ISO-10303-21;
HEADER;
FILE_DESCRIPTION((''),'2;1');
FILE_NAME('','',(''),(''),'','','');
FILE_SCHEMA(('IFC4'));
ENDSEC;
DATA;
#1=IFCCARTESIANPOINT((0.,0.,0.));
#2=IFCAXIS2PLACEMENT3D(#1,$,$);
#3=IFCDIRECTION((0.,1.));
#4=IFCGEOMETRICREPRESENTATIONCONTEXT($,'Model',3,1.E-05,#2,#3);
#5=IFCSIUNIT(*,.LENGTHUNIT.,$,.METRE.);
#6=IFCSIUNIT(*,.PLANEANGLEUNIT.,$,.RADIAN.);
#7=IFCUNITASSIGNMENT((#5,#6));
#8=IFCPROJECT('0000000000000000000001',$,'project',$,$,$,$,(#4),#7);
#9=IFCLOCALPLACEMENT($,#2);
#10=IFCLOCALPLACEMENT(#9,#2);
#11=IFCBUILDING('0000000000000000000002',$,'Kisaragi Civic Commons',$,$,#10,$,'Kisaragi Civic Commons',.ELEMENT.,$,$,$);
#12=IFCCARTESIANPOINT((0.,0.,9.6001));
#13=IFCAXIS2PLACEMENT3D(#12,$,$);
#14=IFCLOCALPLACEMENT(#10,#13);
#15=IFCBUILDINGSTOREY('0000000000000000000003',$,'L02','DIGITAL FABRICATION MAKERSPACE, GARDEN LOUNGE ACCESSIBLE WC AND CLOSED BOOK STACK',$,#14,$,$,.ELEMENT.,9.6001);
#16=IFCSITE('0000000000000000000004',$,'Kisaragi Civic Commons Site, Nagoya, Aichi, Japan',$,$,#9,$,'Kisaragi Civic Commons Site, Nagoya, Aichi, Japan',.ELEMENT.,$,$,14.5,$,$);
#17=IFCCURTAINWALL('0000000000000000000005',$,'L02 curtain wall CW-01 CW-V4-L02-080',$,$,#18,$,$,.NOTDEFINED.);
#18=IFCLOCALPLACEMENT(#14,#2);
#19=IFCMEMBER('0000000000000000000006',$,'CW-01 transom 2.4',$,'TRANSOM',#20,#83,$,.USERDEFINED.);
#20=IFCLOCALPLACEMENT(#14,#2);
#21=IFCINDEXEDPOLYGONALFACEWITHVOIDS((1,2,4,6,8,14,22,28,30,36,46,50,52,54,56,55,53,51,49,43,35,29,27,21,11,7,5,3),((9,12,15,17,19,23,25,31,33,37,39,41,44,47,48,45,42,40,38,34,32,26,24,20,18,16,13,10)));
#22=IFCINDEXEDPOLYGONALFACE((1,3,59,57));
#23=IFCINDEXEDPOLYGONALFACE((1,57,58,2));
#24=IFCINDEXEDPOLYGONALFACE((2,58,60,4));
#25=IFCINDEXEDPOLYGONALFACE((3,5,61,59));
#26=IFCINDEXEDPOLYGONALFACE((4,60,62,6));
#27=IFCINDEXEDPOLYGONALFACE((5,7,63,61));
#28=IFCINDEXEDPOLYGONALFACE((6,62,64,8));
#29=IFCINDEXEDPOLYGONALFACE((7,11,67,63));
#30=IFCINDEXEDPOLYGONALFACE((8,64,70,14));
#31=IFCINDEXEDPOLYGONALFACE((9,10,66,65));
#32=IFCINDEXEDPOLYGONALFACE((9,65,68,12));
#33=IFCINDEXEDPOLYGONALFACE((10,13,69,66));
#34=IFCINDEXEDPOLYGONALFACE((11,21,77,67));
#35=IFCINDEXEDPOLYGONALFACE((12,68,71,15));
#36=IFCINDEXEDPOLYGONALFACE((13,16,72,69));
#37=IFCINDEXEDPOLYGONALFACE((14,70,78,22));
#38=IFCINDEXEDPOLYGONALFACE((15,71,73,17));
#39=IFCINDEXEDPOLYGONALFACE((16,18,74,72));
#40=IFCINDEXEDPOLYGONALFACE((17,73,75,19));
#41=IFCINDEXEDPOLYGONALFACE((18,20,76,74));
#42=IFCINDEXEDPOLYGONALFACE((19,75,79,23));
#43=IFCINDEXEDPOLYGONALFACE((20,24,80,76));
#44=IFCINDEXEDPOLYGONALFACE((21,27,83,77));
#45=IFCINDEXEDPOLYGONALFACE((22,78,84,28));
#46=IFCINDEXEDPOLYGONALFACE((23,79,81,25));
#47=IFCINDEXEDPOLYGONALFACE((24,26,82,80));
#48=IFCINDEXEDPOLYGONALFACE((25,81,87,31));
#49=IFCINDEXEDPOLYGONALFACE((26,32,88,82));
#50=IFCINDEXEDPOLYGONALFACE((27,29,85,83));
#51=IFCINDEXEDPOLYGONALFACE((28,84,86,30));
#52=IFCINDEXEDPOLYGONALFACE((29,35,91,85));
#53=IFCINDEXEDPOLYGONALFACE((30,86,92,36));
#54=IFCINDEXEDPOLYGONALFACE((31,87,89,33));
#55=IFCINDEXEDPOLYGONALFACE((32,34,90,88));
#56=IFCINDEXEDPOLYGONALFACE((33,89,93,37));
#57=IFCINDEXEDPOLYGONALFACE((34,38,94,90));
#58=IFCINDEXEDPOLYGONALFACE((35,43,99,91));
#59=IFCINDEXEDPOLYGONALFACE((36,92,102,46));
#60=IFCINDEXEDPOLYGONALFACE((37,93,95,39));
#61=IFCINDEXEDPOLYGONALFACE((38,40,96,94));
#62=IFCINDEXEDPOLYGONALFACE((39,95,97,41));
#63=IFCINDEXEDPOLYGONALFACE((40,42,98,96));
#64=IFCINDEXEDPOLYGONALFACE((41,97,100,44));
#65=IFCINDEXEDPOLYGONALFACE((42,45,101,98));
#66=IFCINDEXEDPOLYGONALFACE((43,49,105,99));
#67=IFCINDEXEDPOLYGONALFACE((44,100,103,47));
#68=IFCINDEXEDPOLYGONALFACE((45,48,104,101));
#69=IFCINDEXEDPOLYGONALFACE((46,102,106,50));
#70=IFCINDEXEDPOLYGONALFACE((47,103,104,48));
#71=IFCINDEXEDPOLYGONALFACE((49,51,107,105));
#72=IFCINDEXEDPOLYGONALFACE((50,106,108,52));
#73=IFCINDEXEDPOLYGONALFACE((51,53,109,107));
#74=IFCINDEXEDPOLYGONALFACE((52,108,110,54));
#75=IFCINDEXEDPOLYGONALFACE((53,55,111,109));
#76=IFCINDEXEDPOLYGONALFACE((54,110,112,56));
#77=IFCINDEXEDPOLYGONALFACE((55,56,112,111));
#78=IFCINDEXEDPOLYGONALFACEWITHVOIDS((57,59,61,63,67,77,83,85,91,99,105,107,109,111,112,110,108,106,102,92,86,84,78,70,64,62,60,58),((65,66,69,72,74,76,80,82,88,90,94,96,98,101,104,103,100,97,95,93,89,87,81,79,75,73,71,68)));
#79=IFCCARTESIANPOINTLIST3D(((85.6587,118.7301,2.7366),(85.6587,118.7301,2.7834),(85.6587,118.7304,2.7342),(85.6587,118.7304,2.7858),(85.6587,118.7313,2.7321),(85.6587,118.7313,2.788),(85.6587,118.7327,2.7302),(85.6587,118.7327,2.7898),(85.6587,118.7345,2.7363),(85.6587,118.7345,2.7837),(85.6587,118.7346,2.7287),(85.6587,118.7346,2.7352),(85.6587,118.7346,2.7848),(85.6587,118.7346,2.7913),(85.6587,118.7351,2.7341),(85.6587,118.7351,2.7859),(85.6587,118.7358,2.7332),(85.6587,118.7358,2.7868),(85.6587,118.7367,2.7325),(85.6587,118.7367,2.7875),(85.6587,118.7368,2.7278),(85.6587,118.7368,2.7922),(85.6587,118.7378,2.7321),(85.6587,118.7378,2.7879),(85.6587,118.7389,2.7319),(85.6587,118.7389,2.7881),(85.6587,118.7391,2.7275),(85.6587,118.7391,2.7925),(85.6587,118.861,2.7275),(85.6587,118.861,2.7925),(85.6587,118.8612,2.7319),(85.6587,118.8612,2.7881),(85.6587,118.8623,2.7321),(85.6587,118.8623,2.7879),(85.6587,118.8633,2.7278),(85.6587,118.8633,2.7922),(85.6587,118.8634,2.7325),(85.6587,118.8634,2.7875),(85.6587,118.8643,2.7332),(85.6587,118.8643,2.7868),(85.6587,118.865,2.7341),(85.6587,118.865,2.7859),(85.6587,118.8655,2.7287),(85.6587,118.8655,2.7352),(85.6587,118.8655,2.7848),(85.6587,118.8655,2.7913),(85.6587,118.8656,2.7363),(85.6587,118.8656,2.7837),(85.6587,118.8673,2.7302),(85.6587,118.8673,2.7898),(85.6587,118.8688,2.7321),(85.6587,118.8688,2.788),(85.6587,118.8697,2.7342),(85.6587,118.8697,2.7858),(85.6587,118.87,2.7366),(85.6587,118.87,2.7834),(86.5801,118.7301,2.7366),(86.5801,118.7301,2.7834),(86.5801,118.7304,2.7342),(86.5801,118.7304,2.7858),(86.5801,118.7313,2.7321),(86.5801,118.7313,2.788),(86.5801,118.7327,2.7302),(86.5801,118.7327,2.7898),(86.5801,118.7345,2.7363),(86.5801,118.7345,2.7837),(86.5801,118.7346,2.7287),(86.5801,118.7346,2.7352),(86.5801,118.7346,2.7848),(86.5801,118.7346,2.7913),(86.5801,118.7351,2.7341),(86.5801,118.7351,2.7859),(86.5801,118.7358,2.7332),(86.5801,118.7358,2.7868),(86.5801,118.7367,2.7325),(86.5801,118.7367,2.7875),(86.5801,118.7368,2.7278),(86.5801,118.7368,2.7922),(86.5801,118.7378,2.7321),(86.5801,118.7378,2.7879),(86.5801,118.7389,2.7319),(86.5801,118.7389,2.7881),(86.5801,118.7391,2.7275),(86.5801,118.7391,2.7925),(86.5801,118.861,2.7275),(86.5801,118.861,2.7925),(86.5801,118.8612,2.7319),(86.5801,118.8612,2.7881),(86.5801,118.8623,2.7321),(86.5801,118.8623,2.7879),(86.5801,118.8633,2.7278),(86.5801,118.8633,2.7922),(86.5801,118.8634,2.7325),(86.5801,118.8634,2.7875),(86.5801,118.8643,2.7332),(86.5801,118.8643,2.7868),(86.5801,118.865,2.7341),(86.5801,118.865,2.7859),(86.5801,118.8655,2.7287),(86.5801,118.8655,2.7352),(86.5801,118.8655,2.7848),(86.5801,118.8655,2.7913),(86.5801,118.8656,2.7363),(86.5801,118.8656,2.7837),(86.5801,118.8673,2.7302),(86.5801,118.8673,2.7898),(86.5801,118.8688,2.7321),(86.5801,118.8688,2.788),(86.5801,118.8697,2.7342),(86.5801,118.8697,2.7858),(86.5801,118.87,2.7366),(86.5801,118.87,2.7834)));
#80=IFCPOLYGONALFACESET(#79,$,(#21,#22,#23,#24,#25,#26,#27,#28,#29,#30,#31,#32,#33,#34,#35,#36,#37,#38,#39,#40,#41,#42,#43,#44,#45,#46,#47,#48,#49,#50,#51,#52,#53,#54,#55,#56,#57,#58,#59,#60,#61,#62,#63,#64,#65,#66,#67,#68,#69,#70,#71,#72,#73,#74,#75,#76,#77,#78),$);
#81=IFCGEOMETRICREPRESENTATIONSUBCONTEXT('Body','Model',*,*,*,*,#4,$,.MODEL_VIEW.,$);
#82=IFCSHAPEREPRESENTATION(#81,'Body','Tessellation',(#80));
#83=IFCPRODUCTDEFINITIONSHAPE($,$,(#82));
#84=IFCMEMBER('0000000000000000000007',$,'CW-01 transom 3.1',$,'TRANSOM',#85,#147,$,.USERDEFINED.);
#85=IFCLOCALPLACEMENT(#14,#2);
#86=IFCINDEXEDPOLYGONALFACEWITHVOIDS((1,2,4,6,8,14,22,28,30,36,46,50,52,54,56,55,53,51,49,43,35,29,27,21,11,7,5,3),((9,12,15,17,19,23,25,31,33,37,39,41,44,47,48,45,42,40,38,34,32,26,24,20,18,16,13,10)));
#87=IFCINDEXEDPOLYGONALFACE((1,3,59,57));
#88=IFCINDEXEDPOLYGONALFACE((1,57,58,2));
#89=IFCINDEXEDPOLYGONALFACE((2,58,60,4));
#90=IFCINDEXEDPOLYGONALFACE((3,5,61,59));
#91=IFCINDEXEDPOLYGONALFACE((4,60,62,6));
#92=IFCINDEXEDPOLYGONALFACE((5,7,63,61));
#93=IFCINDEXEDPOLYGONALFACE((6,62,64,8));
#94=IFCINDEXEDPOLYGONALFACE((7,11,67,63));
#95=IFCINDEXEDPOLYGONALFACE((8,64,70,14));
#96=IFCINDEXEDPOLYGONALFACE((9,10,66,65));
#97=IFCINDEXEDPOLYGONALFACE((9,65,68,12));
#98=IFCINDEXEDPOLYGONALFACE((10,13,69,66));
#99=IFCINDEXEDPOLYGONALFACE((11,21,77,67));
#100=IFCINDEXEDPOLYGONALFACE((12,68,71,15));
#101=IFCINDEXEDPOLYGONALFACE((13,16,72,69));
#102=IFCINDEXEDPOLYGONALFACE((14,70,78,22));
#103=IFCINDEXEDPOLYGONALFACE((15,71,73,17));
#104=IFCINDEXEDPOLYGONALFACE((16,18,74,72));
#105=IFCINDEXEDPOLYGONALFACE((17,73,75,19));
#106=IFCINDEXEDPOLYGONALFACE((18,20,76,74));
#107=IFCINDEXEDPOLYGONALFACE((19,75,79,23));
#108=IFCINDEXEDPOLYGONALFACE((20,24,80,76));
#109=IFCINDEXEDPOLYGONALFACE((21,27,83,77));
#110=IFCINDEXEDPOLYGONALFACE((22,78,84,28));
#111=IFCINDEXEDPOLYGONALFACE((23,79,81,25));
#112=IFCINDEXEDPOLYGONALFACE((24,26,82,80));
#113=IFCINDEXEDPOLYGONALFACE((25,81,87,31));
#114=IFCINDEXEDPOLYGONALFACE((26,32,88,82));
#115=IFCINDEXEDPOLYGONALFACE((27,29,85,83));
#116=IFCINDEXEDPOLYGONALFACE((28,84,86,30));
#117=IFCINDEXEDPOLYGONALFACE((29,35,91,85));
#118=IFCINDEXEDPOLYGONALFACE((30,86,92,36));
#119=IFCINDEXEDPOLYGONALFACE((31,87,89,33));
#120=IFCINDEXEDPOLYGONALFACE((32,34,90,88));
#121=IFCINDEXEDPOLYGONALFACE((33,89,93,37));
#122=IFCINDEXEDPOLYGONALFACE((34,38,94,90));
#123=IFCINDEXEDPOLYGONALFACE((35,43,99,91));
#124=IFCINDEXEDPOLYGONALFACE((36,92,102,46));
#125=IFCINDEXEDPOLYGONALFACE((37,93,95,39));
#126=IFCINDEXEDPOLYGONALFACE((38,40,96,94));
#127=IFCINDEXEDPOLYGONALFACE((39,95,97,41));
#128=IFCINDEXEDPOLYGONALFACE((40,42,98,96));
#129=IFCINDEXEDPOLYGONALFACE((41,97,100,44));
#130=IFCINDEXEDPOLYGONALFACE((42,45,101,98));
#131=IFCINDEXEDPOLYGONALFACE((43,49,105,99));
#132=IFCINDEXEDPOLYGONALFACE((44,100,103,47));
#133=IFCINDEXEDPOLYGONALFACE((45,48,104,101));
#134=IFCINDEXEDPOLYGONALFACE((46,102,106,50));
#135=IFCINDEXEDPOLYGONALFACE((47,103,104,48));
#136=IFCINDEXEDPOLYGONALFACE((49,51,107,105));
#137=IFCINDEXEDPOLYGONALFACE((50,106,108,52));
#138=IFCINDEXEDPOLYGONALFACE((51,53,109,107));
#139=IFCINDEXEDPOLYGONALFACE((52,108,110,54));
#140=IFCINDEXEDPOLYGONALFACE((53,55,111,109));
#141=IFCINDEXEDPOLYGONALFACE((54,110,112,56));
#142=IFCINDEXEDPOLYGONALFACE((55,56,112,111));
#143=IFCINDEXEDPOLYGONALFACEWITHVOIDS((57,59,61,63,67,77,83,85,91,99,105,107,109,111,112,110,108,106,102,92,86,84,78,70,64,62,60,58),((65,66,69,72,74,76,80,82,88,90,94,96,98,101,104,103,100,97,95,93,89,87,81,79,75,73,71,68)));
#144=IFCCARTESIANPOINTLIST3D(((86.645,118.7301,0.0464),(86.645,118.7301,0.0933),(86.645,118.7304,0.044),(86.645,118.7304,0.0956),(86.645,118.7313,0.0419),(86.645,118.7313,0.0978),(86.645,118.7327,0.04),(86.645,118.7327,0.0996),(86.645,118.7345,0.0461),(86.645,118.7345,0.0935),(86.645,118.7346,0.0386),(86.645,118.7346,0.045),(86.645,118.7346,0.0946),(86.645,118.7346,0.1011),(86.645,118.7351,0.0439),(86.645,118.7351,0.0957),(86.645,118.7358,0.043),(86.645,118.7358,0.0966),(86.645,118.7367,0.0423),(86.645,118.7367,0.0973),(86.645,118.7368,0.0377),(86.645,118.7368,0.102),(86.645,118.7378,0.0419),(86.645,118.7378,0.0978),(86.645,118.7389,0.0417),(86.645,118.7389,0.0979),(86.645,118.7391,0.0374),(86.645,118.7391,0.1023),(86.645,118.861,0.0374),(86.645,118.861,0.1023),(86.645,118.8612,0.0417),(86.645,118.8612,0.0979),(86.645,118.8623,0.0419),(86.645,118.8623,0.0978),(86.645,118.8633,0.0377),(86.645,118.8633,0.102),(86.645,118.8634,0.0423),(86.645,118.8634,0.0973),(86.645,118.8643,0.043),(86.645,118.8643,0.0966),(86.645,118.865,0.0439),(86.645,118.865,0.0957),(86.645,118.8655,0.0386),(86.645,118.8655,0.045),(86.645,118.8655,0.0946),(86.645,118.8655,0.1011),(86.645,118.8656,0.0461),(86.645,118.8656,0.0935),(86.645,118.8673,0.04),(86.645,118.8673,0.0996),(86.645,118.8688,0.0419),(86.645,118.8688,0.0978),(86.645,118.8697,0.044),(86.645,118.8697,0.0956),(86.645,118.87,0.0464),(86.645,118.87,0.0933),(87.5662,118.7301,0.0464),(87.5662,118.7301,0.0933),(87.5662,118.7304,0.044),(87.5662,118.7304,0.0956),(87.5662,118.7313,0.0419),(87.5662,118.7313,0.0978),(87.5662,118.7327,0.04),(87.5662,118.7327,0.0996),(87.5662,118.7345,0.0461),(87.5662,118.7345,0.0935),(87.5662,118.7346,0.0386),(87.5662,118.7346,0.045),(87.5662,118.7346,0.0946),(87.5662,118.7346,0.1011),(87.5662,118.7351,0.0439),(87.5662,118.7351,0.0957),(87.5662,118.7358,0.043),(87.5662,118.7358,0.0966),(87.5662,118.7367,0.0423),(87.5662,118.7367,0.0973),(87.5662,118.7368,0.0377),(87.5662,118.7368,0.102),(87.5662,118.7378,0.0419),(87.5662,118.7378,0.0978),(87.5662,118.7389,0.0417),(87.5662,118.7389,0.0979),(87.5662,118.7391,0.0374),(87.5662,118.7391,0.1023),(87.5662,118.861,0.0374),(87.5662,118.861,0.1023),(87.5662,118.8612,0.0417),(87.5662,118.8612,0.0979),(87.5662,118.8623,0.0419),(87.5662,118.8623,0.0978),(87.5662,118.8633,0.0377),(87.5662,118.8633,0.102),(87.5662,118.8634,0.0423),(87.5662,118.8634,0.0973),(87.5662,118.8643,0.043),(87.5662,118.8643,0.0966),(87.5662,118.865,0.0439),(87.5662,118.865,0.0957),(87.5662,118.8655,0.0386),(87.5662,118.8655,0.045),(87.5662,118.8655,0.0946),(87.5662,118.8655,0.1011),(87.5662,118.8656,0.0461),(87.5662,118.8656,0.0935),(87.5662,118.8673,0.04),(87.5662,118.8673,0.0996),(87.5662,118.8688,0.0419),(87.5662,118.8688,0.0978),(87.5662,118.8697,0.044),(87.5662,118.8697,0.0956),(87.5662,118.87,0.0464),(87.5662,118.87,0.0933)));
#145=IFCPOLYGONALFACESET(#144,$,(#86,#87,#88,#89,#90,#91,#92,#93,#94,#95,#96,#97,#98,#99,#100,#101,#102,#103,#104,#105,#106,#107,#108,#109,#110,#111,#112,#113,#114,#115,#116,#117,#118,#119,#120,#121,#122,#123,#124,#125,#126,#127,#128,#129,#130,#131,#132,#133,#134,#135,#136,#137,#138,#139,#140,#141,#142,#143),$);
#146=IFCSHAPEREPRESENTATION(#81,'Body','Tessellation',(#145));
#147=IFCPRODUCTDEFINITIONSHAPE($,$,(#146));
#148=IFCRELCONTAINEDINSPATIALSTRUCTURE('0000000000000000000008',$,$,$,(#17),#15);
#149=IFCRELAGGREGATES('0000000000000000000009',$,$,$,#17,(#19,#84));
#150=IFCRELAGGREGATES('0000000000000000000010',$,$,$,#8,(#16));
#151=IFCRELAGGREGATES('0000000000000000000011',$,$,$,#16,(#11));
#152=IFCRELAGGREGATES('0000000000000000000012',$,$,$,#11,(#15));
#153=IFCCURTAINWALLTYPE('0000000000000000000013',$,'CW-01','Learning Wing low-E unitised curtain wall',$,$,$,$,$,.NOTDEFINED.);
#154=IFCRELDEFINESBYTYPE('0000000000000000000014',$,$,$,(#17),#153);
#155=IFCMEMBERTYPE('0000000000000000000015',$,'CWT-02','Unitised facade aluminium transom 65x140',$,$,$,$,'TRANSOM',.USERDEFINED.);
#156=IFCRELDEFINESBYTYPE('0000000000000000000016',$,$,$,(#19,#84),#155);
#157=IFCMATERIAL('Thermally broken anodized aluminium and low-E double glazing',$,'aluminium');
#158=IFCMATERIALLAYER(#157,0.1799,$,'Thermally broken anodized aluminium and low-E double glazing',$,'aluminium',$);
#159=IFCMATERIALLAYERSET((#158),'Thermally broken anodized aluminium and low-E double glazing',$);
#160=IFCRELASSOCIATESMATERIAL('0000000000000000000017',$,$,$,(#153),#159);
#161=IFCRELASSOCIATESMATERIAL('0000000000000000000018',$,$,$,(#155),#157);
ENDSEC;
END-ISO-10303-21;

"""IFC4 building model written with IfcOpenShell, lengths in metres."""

from ifc_helpers import new_model, si_unit, direction, frame, origin, origin_2d, place, context, subcontext, project, spatial, hollow_rectangle, extrude, material, layer, layer_set, material_profile, profile_set, type_object, element, aggregate, save


model = new_model("IFC4")

# Units and contexts
model_context = context("Model", 3, precision=1e-05, world=origin(), true_north=direction((0.0, 1.0)))
body_context = subcontext(model_context, "Body", "Model", "MODEL_VIEW")
ifc_project = project(units=[si_unit("LENGTHUNIT", "METRE"), si_unit("PLANEANGLEUNIT", "RADIAN")], contexts=[model_context])

# Site, building, storey
site_placement = place(None, origin())
site = spatial("IfcSite", under=ifc_project, at=site_placement, Name="Kisaragi Civic Commons Site, Nagoya, Aichi, Japan", LongName="Kisaragi Civic Commons Site, Nagoya, Aichi, Japan", CompositionType="ELEMENT", RefElevation=14.5)
building_placement = place(site_placement, origin())
building = spatial("IfcBuilding", under=site, at=building_placement, Name="Kisaragi Civic Commons", LongName="Kisaragi Civic Commons", CompositionType="ELEMENT")
storey_placement = place(building_placement, frame((0.0, 0.0, 9.6001)))
storey = spatial("IfcBuildingStorey", under=building, at=storey_placement, Name="L02", Description="DIGITAL FABRICATION MAKERSPACE, GARDEN LOUNGE ACCESSIBLE WC AND CLOSED BOOK STACK", CompositionType="ELEMENT", Elevation=9.6001)

# Shared definitions
ifc_material_1 = material(Name="Thermally broken anodized aluminium and low-E double glazing", Category="aluminium")
ifc_layer_1 = layer(ifc_material_1, 0.1799, Name="Thermally broken anodized aluminium and low-E double glazing", Category="aluminium")
ifc_layer_set_1 = layer_set([ifc_layer_1], Name="Thermally broken anodized aluminium and low-E double glazing")
curtain_wall_type = type_object("IfcCurtainWallType", Name="CW-01", Description="Learning Wing low-E unitised curtain wall", PredefinedType="NOTDEFINED", material=ifc_layer_set_1)

# Curtain wall
curtain_wall_1_placement = place(storey_placement, origin())
curtain_wall_1 = element("IfcCurtainWall", 1, at=curtain_wall_1_placement, inside=storey, type_object=curtain_wall_type, Name="L02 curtain wall CW-01 CW-V4-L02-080", PredefinedType="NOTDEFINED")

# Members
ifc_material_profile_1 = material_profile(ifc_material_1, hollow_rectangle(XDim=0.1399, YDim=0.0649, WallThickness=0.0044, InnerFilletRadius=0.0044, OuterFilletRadius=0.009, at=origin_2d()), Name="CWT-65x140x4.5", Category="aluminium")
ifc_profile_set_1 = profile_set([ifc_material_profile_1], Name="Thermally broken anodized aluminium and low-E double glazing")
member_type_1 = type_object("IfcMemberType", Name="CWT-02", Description="Unitised facade aluminium transom 65x140", ElementType="TRANSOM", PredefinedType="USERDEFINED", material=ifc_profile_set_1)
member_1_placement = place(storey_placement, frame((85.6587, 118.8, 2.76), z_axis=(1.0, 0.0, 0.0), x_axis=(0.0, 1.0, 0.0)))
member_1 = element("IfcMember", 2, at=member_1_placement, type_object=member_type_1, Name="CW-01 transom 2.4", ObjectType="TRANSOM", PredefinedType="USERDEFINED", context=body_context, shape_type="SweptSolid", body=[
    extrude(hollow_rectangle(XDim=0.1399, YDim=0.0649, WallThickness=0.0044, InnerFilletRadius=0.0044, OuterFilletRadius=0.009, at=origin_2d()), origin(), (0.0, 0.0, 1.0), 0.9214),
])
member_2_placement = place(storey_placement, frame((86.645, 118.8, 0.0698), z_axis=(1.0, 0.0, 0.0), x_axis=(0.0, 1.0, 0.0)))
member_2 = element("IfcMember", 3, at=member_2_placement, type_object=member_type_1, Name="CW-01 transom 3.1", ObjectType="TRANSOM", PredefinedType="USERDEFINED", context=body_context, shape_type="SweptSolid", body=[
    extrude(hollow_rectangle(XDim=0.1399, YDim=0.0649, WallThickness=0.0044, InnerFilletRadius=0.0044, OuterFilletRadius=0.009, at=origin_2d()), origin(), (0.0, 0.0, 1.0), 0.9211),
])

aggregate(curtain_wall_1, [member_1, member_2])

save(model, "model.ifc")
